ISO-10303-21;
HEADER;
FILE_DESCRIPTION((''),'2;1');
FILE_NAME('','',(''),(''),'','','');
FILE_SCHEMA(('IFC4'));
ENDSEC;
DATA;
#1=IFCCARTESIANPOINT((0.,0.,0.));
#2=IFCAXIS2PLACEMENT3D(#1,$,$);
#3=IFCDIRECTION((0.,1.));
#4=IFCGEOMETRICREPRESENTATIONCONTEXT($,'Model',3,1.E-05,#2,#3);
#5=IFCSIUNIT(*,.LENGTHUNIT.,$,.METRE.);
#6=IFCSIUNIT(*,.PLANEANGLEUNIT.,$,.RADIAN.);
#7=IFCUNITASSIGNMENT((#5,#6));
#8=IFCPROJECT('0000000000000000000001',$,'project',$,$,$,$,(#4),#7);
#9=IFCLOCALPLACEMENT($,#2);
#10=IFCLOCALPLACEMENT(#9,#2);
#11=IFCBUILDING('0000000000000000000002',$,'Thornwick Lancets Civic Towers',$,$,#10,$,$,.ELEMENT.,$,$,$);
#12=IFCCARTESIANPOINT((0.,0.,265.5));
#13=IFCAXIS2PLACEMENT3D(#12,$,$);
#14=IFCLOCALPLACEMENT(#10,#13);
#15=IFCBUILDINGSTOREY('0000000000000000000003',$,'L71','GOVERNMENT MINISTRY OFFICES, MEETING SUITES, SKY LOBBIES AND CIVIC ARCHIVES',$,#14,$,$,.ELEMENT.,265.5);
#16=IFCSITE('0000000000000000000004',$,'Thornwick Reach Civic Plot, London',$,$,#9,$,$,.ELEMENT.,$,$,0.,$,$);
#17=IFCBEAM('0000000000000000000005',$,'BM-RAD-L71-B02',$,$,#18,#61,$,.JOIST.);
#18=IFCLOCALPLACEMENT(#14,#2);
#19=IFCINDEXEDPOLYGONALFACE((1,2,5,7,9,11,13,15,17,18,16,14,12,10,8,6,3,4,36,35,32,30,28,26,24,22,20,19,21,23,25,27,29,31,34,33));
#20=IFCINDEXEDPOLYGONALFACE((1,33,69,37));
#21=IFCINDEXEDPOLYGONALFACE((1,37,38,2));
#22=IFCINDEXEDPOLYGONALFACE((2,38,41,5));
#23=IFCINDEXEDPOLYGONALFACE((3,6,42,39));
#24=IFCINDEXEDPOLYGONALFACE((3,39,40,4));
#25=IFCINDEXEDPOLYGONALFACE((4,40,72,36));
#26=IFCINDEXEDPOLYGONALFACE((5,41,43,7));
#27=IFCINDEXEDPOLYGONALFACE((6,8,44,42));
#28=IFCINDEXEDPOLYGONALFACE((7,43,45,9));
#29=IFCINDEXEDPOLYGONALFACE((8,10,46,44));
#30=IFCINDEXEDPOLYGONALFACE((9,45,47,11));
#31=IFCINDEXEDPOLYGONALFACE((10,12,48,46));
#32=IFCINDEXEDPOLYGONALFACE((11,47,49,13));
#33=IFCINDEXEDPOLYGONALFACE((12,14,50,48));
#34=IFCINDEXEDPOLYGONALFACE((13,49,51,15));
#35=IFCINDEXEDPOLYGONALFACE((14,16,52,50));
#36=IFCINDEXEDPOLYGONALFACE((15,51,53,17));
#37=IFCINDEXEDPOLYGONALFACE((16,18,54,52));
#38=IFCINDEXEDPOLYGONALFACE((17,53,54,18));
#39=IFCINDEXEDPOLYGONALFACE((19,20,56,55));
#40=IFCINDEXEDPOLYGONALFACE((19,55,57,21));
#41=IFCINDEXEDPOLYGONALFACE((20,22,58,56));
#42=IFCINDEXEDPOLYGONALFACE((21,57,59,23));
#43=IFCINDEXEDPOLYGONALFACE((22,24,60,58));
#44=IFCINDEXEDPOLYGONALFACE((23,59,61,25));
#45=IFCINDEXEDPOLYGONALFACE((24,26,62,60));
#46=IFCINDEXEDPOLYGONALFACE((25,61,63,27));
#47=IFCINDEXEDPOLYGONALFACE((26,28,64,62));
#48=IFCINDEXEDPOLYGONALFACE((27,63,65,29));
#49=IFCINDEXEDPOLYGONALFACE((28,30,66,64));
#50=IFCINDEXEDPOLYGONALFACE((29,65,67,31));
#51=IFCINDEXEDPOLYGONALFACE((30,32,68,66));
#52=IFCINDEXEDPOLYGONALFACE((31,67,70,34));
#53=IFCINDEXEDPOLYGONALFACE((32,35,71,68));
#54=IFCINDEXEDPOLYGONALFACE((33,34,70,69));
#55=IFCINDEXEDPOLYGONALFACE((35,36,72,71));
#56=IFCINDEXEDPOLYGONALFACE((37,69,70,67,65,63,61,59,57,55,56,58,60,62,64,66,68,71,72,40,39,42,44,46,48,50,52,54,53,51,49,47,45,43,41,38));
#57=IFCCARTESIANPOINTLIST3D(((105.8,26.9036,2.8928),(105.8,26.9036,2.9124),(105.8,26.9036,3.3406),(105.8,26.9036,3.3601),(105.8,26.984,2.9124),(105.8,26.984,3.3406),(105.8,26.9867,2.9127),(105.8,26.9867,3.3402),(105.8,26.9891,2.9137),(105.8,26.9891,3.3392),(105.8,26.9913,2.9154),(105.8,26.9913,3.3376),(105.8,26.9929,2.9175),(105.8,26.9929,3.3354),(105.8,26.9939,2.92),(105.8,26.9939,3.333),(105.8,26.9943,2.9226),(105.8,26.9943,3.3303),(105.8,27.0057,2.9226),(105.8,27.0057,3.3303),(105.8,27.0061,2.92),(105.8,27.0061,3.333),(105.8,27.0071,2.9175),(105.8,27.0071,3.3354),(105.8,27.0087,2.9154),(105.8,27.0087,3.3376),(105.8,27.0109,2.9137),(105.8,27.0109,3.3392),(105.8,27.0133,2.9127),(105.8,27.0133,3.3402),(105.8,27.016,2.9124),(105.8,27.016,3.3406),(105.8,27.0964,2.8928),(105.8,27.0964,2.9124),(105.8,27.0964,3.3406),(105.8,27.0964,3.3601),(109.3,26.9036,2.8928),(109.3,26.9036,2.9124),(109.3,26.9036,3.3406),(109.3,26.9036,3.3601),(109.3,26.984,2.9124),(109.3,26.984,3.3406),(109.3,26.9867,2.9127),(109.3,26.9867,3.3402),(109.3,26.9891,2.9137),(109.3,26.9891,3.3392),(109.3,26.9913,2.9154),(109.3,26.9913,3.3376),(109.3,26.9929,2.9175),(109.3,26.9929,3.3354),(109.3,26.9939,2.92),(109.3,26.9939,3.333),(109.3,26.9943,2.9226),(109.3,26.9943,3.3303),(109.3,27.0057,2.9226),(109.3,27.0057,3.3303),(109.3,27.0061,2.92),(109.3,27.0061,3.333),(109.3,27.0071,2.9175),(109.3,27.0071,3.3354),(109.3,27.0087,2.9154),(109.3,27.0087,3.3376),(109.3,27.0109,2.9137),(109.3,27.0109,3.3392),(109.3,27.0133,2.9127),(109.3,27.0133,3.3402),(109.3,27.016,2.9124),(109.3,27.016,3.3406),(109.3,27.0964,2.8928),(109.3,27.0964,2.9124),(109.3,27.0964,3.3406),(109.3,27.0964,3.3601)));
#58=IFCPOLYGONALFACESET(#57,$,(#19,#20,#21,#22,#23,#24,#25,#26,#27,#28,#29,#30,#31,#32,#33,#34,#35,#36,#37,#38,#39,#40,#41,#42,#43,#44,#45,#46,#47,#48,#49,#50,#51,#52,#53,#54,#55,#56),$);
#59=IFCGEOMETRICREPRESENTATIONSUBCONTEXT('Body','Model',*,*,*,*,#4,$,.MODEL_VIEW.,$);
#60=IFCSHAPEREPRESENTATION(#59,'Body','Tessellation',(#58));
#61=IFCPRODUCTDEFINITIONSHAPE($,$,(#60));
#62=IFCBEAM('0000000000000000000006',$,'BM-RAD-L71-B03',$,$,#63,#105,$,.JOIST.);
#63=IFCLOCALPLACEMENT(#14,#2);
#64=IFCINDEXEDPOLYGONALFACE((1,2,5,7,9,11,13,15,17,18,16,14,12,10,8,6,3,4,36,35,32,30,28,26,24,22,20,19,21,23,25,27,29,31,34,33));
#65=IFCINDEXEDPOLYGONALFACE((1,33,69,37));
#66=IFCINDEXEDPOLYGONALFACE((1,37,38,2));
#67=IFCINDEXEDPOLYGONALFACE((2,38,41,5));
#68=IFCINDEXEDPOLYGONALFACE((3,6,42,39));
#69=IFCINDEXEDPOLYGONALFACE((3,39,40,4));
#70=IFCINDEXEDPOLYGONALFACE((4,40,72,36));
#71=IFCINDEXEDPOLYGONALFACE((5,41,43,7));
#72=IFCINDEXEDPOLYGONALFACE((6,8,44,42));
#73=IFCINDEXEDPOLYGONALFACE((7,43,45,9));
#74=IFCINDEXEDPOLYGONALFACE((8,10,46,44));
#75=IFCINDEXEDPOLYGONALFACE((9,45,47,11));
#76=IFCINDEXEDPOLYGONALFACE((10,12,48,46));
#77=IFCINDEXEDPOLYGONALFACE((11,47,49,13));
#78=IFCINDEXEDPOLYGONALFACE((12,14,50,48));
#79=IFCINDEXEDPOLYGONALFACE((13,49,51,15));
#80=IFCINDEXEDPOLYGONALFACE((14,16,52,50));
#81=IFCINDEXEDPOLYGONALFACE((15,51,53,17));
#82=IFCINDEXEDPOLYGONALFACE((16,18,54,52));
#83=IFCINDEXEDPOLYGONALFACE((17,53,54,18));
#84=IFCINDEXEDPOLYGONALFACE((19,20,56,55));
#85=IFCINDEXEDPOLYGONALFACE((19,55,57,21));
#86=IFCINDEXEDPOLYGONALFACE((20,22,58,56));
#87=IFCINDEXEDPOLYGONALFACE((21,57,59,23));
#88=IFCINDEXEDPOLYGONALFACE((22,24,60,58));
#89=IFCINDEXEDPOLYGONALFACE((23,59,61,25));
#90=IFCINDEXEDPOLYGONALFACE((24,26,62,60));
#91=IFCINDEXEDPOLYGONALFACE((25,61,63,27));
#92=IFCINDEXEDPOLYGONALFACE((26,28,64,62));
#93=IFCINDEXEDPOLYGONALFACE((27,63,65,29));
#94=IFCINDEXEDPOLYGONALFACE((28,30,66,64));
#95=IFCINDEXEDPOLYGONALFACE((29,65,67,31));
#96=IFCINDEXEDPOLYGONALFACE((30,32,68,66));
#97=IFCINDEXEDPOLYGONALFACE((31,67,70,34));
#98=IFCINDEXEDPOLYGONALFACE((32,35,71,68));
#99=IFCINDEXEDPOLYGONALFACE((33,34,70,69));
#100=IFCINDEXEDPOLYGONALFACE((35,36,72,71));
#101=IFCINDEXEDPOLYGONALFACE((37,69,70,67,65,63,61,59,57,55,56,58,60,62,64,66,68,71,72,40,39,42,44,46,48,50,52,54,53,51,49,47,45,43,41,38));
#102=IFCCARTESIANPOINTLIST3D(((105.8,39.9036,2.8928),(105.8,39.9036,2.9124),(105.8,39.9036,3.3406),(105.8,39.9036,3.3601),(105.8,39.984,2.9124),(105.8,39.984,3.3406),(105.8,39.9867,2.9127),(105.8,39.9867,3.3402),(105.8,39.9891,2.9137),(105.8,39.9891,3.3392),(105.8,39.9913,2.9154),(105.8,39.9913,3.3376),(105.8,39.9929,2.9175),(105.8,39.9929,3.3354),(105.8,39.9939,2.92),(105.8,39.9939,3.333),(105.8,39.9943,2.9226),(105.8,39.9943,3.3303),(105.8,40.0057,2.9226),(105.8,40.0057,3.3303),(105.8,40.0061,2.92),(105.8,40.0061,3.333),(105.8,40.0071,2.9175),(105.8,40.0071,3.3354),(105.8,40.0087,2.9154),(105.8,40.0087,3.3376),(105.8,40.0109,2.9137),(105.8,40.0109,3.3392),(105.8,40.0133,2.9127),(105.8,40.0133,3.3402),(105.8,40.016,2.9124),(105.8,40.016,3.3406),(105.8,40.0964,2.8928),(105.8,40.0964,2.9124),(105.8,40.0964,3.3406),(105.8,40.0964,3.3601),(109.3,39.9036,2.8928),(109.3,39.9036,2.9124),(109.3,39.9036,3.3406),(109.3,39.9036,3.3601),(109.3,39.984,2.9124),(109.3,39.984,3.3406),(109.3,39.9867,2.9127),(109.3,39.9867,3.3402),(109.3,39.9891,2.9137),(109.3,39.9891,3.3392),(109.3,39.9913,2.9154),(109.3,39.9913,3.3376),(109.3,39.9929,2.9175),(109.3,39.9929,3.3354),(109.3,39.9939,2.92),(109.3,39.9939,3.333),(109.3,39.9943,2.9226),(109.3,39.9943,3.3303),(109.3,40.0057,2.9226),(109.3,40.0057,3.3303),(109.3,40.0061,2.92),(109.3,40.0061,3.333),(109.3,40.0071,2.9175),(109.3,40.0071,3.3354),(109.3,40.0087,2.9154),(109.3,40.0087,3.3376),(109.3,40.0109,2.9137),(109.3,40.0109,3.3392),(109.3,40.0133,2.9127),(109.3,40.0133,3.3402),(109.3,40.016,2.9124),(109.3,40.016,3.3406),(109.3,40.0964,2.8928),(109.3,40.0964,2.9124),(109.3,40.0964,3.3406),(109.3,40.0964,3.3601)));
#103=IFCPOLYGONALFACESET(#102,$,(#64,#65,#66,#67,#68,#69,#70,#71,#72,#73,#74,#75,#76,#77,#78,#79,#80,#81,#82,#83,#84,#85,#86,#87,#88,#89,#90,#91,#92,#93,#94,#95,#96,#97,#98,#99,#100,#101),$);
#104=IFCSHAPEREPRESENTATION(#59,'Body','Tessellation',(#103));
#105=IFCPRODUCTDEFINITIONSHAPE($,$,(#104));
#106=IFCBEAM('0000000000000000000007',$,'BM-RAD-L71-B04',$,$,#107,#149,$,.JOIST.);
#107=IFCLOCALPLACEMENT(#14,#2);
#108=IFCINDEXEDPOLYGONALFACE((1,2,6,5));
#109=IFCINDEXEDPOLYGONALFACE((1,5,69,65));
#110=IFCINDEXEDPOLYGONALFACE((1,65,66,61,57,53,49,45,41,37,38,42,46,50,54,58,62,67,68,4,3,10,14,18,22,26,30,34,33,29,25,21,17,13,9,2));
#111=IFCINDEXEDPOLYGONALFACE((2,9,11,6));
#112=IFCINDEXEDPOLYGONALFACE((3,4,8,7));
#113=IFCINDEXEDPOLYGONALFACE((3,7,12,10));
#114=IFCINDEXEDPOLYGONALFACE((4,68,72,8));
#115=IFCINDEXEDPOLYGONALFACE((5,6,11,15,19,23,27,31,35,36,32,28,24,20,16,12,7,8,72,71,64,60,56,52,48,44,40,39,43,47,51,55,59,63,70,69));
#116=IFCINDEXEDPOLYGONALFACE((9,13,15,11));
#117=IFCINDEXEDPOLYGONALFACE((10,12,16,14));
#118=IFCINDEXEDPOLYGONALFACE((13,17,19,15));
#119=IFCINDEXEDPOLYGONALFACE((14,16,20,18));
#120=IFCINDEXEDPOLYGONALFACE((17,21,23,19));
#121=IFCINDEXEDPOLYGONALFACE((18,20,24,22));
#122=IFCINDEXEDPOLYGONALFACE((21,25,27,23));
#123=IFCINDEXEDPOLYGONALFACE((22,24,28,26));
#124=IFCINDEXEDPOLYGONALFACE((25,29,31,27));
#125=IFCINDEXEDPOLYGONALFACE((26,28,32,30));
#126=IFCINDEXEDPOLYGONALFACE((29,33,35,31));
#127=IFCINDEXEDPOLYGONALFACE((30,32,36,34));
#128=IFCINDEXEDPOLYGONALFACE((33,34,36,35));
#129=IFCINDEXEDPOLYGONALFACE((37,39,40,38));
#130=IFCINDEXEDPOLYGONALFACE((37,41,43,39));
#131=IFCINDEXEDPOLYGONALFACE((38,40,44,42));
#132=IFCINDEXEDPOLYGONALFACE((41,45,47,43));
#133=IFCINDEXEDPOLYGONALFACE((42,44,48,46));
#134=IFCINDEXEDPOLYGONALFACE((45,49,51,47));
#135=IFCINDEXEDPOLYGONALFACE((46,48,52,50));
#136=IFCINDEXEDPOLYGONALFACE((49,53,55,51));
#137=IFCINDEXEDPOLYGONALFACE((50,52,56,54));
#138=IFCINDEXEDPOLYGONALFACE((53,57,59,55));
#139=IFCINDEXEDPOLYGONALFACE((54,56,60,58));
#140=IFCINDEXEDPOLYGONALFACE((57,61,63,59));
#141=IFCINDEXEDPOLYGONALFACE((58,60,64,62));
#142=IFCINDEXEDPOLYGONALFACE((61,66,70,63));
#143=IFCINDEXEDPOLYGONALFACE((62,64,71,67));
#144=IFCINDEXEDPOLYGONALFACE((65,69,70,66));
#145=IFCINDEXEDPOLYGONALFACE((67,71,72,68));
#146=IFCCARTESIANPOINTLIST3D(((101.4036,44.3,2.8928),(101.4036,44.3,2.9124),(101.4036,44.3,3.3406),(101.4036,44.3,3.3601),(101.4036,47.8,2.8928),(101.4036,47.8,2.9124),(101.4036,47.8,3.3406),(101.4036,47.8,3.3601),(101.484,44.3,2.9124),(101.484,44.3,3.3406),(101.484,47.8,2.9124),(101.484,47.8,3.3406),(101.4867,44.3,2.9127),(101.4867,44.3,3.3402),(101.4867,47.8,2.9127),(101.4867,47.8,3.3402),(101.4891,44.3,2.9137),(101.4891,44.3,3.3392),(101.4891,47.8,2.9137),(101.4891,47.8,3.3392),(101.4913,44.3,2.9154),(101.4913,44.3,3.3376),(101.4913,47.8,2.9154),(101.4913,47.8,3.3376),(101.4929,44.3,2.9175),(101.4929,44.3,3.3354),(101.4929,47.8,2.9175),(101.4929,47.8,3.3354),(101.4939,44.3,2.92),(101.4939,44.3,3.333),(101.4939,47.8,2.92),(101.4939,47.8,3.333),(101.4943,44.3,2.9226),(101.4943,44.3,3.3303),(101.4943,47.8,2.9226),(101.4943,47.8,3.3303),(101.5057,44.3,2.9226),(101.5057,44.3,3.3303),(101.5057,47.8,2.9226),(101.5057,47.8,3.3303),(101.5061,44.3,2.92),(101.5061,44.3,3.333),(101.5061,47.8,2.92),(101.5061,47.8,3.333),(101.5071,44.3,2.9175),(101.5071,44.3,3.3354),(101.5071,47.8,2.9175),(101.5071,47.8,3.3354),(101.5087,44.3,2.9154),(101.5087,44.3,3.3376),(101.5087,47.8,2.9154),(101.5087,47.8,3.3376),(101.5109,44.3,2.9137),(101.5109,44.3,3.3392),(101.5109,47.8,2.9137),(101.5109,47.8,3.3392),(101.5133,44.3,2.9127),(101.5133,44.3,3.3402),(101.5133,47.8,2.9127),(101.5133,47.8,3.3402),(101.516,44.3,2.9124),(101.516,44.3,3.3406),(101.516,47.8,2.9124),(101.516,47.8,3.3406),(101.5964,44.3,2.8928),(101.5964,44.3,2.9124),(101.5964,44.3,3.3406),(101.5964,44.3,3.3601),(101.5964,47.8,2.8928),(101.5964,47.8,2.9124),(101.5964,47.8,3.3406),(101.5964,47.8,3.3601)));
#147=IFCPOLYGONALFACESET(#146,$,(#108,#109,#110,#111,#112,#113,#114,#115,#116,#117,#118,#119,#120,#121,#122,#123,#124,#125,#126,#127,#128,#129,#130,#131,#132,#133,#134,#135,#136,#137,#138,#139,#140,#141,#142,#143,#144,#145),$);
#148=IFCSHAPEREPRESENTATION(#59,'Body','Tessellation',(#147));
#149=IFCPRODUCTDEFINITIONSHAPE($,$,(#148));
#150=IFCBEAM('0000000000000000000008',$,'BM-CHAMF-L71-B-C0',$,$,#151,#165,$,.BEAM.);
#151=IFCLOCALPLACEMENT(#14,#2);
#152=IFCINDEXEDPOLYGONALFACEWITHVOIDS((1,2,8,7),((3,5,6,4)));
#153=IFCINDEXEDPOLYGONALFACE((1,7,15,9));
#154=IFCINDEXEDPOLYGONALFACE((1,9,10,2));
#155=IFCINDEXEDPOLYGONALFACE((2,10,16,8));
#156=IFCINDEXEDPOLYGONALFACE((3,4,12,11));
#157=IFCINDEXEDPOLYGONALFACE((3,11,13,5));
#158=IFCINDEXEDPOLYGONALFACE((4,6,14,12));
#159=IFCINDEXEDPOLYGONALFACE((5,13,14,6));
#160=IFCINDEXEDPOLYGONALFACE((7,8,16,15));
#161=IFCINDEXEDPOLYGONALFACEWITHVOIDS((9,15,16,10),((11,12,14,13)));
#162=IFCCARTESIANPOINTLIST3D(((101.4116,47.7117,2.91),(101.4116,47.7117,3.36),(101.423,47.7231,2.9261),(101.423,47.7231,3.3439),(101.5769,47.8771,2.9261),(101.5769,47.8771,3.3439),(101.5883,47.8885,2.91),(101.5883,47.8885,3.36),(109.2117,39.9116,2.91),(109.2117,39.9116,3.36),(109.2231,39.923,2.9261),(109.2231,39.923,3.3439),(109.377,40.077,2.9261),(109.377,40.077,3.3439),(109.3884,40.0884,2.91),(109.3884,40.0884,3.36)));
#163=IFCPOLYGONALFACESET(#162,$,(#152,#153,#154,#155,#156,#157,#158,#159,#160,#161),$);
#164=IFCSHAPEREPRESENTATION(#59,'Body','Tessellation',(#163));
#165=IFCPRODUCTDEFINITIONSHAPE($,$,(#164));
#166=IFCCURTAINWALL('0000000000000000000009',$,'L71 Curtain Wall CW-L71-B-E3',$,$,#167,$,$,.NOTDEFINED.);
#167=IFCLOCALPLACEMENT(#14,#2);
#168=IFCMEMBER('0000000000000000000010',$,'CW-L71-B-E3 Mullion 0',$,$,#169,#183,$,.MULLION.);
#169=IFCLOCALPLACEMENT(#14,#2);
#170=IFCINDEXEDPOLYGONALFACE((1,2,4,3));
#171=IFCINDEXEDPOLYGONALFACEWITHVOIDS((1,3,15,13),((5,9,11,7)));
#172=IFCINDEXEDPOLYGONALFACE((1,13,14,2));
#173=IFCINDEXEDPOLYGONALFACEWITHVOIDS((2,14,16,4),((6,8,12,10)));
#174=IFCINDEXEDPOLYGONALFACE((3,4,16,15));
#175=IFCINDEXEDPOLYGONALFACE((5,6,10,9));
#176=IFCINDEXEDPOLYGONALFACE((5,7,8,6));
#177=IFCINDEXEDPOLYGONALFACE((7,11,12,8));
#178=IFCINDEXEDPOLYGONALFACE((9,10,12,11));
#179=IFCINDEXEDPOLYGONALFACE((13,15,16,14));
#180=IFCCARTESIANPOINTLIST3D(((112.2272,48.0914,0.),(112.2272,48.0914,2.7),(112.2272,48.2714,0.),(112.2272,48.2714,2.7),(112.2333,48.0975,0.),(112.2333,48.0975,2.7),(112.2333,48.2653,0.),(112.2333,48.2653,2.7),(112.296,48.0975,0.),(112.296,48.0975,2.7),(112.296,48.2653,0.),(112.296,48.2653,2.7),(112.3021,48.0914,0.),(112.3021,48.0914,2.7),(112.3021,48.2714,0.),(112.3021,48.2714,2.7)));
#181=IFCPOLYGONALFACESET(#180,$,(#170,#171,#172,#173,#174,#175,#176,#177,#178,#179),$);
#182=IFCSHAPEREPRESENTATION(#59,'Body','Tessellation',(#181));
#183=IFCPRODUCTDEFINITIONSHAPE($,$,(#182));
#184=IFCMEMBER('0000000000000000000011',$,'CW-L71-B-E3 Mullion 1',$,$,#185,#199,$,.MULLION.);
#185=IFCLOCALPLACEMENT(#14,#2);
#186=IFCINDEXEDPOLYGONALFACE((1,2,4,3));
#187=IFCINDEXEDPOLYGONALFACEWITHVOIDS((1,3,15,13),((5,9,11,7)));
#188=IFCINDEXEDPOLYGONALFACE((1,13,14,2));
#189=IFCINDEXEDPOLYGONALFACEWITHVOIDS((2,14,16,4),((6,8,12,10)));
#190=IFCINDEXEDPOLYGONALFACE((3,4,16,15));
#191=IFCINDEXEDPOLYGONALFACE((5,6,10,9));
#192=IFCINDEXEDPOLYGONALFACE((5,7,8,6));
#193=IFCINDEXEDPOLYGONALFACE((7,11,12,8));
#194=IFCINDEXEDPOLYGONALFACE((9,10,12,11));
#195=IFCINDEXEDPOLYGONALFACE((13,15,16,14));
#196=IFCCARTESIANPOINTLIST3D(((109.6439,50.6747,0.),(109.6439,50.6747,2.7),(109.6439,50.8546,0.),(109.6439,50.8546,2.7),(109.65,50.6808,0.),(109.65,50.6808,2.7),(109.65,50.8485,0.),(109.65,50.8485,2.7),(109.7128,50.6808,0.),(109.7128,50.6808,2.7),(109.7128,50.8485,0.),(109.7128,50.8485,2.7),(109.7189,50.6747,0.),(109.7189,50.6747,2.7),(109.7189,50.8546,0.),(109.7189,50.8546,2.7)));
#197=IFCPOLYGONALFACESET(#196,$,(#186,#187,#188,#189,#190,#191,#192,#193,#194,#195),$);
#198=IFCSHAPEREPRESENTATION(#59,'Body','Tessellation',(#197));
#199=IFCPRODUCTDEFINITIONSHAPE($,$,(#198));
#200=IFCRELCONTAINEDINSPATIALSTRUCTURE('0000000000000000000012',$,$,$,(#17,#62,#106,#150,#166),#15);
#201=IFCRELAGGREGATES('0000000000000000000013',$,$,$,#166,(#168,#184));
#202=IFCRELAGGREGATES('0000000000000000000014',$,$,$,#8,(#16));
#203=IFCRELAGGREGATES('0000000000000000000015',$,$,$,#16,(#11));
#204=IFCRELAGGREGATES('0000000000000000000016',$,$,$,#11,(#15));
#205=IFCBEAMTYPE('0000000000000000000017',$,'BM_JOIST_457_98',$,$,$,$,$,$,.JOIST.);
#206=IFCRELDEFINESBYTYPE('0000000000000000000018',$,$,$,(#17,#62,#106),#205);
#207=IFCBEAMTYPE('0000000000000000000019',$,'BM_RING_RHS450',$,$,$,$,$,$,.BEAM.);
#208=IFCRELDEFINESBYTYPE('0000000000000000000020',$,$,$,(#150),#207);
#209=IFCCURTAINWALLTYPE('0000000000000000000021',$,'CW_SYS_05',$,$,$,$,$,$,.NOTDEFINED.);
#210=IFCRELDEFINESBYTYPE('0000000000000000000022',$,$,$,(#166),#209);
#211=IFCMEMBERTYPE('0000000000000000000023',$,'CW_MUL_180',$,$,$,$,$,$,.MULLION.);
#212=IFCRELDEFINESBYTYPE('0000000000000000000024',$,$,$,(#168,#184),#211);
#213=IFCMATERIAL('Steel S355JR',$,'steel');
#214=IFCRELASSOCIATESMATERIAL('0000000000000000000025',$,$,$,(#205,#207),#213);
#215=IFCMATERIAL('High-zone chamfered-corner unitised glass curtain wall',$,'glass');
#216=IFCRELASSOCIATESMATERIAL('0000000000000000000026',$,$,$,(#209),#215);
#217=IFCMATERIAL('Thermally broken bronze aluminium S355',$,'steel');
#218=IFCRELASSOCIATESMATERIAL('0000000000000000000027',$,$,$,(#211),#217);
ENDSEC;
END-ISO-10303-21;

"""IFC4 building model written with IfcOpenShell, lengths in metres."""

from ifc_helpers import new_model, si_unit, direction, frame, origin, origin_2d, place, context, subcontext, project, spatial, hollow_rectangle, i_section, extrude, material, material_profile, profile_set, type_object, element, aggregate, save


model = new_model("IFC4")

# Units and contexts
model_context = context("Model", 3, precision=1e-05, world=origin(), true_north=direction((0.0, 1.0)))
body_context = subcontext(model_context, "Body", "Model", "MODEL_VIEW")
ifc_project = project(units=[si_unit("LENGTHUNIT", "METRE"), si_unit("PLANEANGLEUNIT", "RADIAN")], contexts=[model_context])

# Site, building, storey
site_placement = place(None, origin())
site = spatial("IfcSite", under=ifc_project, at=site_placement, Name="Thornwick Reach Civic Plot, London", CompositionType="ELEMENT", RefElevation=0.0)
building_placement = place(site_placement, origin())
building = spatial("IfcBuilding", under=site, at=building_placement, Name="Thornwick Lancets Civic Towers", CompositionType="ELEMENT")
storey_placement = place(building_placement, frame((0.0, 0.0, 265.5)))
storey = spatial("IfcBuildingStorey", under=building, at=storey_placement, Name="L71", Description="GOVERNMENT MINISTRY OFFICES, MEETING SUITES, SKY LOBBIES AND CIVIC ARCHIVES", CompositionType="ELEMENT", Elevation=265.5)

# Shared definitions
ifc_material_1 = material(Name="Steel S355JR", Category="steel")

# Beams
ifc_material_profile_1 = material_profile(ifc_material_1, i_section(OverallWidth=0.1929, OverallDepth=0.4673, WebThickness=0.0115, FlangeThickness=0.0195, FilletRadius=0.0103, at=origin_2d()), Name="UKB 457x191x98")
ifc_profile_set_1 = profile_set([ifc_material_profile_1], Name="Steel S355JR")
beam_type_1 = type_object("IfcBeamType", Name="BM_JOIST_457_98", PredefinedType="JOIST", material=ifc_profile_set_1)
for number, where, z_axis, x_axis, name in (
    (1, (105.8, 27.0, 3.1265), (1.0, 0.0, 0.0), (0.0, 1.0, 0.0), "BM-RAD-L71-B02"),
    (2, (105.8, 40.0, 3.1265), (1.0, 0.0, 0.0), (0.0, 1.0, 0.0), "BM-RAD-L71-B03"),
    (3, (101.5, 44.3, 3.1265), (0.0, 1.0, 0.0), (-1.0, 0.0, 0.0), "BM-RAD-L71-B04"),
):
    element("IfcBeam", number, at=place(storey_placement, frame(where, z_axis=z_axis, x_axis=x_axis)), inside=storey, type_object=beam_type_1, Name=name, PredefinedType="JOIST", context=body_context, shape_type="SweptSolid", body=[
        extrude(i_section(OverallWidth=0.1929, OverallDepth=0.4673, WebThickness=0.0115, FlangeThickness=0.0195, FilletRadius=0.0103, at=origin_2d()), origin(), (0.0, 0.0, 1.0), 3.5),
    ])
ifc_material_profile_2 = material_profile(ifc_material_1, hollow_rectangle(XDim=0.25, YDim=0.45, WallThickness=0.0161, at=origin_2d()), Name="RHS 450x250x16")
ifc_profile_set_2 = profile_set([ifc_material_profile_2], Name="Steel S355JR")
beam_type_2 = type_object("IfcBeamType", Name="BM_RING_RHS450", PredefinedType="BEAM", material=ifc_profile_set_2)
beam_1_placement = place(storey_placement, frame((109.3, 40.0, 3.135), z_axis=(-0.707107, 0.707107, 0.0), x_axis=(-0.707107, -0.707107, 0.0)))
element("IfcBeam", 4, at=beam_1_placement, inside=storey, type_object=beam_type_2, Name="BM-CHAMF-L71-B-C0", PredefinedType="BEAM", context=body_context, shape_type="SweptSolid", body=[
    extrude(hollow_rectangle(XDim=0.25, YDim=0.45, WallThickness=0.0161, at=origin_2d()), origin(), (0.0, 0.0, 1.0), 11.031),
])

# Curtain wall, members
ifc_material_2 = material(Name="High-zone chamfered-corner unitised glass curtain wall", Category="glass")
curtain_wall_type = type_object("IfcCurtainWallType", Name="CW_SYS_05", PredefinedType="NOTDEFINED", material=ifc_material_2)
curtain_wall_placement = place(storey_placement, origin())
curtain_wall = element("IfcCurtainWall", 5, at=curtain_wall_placement, inside=storey, type_object=curtain_wall_type, Name="L71 Curtain Wall CW-L71-B-E3", PredefinedType="NOTDEFINED")
ifc_material_3 = material(Name="Thermally broken bronze aluminium S355", Category="steel")
ifc_material_profile_3 = material_profile(ifc_material_3, hollow_rectangle(XDim=0.075, YDim=0.1799, WallThickness=0.0061, at=origin_2d()), Name="RHS 180x75x6")
ifc_profile_set_3 = profile_set([ifc_material_profile_3], Name="Thermally broken bronze aluminium S355")
member_type_1 = type_object("IfcMemberType", Name="CW_MUL_180", PredefinedType="MULLION", material=ifc_profile_set_3)
member_1_placement = place(storey_placement, frame((112.2646, 48.1814, 0.0), z_axis=(0.0, 0.0, 1.0), x_axis=(1.0, 0.0, 0.0)))
member_1 = element("IfcMember", 6, at=member_1_placement, type_object=member_type_1, Name="CW-L71-B-E3 Mullion 0", PredefinedType="MULLION", context=body_context, shape_type="SweptSolid", body=[
    extrude(hollow_rectangle(XDim=0.075, YDim=0.1799, WallThickness=0.0061, at=origin_2d()), origin(), (0.0, 0.0, 1.0), 2.7),
])
member_2_placement = place(storey_placement, frame((109.6814, 50.7646, 0.0), z_axis=(0.0, 0.0, 1.0), x_axis=(1.0, 0.0, 0.0)))
member_2 = element("IfcMember", 7, at=member_2_placement, type_object=member_type_1, Name="CW-L71-B-E3 Mullion 1", PredefinedType="MULLION", context=body_context, shape_type="SweptSolid", body=[
    extrude(hollow_rectangle(XDim=0.075, YDim=0.1799, WallThickness=0.0061, at=origin_2d()), origin(), (0.0, 0.0, 1.0), 2.7),
])
aggregate(curtain_wall, [member_1, member_2])

save(model, "model.ifc")
